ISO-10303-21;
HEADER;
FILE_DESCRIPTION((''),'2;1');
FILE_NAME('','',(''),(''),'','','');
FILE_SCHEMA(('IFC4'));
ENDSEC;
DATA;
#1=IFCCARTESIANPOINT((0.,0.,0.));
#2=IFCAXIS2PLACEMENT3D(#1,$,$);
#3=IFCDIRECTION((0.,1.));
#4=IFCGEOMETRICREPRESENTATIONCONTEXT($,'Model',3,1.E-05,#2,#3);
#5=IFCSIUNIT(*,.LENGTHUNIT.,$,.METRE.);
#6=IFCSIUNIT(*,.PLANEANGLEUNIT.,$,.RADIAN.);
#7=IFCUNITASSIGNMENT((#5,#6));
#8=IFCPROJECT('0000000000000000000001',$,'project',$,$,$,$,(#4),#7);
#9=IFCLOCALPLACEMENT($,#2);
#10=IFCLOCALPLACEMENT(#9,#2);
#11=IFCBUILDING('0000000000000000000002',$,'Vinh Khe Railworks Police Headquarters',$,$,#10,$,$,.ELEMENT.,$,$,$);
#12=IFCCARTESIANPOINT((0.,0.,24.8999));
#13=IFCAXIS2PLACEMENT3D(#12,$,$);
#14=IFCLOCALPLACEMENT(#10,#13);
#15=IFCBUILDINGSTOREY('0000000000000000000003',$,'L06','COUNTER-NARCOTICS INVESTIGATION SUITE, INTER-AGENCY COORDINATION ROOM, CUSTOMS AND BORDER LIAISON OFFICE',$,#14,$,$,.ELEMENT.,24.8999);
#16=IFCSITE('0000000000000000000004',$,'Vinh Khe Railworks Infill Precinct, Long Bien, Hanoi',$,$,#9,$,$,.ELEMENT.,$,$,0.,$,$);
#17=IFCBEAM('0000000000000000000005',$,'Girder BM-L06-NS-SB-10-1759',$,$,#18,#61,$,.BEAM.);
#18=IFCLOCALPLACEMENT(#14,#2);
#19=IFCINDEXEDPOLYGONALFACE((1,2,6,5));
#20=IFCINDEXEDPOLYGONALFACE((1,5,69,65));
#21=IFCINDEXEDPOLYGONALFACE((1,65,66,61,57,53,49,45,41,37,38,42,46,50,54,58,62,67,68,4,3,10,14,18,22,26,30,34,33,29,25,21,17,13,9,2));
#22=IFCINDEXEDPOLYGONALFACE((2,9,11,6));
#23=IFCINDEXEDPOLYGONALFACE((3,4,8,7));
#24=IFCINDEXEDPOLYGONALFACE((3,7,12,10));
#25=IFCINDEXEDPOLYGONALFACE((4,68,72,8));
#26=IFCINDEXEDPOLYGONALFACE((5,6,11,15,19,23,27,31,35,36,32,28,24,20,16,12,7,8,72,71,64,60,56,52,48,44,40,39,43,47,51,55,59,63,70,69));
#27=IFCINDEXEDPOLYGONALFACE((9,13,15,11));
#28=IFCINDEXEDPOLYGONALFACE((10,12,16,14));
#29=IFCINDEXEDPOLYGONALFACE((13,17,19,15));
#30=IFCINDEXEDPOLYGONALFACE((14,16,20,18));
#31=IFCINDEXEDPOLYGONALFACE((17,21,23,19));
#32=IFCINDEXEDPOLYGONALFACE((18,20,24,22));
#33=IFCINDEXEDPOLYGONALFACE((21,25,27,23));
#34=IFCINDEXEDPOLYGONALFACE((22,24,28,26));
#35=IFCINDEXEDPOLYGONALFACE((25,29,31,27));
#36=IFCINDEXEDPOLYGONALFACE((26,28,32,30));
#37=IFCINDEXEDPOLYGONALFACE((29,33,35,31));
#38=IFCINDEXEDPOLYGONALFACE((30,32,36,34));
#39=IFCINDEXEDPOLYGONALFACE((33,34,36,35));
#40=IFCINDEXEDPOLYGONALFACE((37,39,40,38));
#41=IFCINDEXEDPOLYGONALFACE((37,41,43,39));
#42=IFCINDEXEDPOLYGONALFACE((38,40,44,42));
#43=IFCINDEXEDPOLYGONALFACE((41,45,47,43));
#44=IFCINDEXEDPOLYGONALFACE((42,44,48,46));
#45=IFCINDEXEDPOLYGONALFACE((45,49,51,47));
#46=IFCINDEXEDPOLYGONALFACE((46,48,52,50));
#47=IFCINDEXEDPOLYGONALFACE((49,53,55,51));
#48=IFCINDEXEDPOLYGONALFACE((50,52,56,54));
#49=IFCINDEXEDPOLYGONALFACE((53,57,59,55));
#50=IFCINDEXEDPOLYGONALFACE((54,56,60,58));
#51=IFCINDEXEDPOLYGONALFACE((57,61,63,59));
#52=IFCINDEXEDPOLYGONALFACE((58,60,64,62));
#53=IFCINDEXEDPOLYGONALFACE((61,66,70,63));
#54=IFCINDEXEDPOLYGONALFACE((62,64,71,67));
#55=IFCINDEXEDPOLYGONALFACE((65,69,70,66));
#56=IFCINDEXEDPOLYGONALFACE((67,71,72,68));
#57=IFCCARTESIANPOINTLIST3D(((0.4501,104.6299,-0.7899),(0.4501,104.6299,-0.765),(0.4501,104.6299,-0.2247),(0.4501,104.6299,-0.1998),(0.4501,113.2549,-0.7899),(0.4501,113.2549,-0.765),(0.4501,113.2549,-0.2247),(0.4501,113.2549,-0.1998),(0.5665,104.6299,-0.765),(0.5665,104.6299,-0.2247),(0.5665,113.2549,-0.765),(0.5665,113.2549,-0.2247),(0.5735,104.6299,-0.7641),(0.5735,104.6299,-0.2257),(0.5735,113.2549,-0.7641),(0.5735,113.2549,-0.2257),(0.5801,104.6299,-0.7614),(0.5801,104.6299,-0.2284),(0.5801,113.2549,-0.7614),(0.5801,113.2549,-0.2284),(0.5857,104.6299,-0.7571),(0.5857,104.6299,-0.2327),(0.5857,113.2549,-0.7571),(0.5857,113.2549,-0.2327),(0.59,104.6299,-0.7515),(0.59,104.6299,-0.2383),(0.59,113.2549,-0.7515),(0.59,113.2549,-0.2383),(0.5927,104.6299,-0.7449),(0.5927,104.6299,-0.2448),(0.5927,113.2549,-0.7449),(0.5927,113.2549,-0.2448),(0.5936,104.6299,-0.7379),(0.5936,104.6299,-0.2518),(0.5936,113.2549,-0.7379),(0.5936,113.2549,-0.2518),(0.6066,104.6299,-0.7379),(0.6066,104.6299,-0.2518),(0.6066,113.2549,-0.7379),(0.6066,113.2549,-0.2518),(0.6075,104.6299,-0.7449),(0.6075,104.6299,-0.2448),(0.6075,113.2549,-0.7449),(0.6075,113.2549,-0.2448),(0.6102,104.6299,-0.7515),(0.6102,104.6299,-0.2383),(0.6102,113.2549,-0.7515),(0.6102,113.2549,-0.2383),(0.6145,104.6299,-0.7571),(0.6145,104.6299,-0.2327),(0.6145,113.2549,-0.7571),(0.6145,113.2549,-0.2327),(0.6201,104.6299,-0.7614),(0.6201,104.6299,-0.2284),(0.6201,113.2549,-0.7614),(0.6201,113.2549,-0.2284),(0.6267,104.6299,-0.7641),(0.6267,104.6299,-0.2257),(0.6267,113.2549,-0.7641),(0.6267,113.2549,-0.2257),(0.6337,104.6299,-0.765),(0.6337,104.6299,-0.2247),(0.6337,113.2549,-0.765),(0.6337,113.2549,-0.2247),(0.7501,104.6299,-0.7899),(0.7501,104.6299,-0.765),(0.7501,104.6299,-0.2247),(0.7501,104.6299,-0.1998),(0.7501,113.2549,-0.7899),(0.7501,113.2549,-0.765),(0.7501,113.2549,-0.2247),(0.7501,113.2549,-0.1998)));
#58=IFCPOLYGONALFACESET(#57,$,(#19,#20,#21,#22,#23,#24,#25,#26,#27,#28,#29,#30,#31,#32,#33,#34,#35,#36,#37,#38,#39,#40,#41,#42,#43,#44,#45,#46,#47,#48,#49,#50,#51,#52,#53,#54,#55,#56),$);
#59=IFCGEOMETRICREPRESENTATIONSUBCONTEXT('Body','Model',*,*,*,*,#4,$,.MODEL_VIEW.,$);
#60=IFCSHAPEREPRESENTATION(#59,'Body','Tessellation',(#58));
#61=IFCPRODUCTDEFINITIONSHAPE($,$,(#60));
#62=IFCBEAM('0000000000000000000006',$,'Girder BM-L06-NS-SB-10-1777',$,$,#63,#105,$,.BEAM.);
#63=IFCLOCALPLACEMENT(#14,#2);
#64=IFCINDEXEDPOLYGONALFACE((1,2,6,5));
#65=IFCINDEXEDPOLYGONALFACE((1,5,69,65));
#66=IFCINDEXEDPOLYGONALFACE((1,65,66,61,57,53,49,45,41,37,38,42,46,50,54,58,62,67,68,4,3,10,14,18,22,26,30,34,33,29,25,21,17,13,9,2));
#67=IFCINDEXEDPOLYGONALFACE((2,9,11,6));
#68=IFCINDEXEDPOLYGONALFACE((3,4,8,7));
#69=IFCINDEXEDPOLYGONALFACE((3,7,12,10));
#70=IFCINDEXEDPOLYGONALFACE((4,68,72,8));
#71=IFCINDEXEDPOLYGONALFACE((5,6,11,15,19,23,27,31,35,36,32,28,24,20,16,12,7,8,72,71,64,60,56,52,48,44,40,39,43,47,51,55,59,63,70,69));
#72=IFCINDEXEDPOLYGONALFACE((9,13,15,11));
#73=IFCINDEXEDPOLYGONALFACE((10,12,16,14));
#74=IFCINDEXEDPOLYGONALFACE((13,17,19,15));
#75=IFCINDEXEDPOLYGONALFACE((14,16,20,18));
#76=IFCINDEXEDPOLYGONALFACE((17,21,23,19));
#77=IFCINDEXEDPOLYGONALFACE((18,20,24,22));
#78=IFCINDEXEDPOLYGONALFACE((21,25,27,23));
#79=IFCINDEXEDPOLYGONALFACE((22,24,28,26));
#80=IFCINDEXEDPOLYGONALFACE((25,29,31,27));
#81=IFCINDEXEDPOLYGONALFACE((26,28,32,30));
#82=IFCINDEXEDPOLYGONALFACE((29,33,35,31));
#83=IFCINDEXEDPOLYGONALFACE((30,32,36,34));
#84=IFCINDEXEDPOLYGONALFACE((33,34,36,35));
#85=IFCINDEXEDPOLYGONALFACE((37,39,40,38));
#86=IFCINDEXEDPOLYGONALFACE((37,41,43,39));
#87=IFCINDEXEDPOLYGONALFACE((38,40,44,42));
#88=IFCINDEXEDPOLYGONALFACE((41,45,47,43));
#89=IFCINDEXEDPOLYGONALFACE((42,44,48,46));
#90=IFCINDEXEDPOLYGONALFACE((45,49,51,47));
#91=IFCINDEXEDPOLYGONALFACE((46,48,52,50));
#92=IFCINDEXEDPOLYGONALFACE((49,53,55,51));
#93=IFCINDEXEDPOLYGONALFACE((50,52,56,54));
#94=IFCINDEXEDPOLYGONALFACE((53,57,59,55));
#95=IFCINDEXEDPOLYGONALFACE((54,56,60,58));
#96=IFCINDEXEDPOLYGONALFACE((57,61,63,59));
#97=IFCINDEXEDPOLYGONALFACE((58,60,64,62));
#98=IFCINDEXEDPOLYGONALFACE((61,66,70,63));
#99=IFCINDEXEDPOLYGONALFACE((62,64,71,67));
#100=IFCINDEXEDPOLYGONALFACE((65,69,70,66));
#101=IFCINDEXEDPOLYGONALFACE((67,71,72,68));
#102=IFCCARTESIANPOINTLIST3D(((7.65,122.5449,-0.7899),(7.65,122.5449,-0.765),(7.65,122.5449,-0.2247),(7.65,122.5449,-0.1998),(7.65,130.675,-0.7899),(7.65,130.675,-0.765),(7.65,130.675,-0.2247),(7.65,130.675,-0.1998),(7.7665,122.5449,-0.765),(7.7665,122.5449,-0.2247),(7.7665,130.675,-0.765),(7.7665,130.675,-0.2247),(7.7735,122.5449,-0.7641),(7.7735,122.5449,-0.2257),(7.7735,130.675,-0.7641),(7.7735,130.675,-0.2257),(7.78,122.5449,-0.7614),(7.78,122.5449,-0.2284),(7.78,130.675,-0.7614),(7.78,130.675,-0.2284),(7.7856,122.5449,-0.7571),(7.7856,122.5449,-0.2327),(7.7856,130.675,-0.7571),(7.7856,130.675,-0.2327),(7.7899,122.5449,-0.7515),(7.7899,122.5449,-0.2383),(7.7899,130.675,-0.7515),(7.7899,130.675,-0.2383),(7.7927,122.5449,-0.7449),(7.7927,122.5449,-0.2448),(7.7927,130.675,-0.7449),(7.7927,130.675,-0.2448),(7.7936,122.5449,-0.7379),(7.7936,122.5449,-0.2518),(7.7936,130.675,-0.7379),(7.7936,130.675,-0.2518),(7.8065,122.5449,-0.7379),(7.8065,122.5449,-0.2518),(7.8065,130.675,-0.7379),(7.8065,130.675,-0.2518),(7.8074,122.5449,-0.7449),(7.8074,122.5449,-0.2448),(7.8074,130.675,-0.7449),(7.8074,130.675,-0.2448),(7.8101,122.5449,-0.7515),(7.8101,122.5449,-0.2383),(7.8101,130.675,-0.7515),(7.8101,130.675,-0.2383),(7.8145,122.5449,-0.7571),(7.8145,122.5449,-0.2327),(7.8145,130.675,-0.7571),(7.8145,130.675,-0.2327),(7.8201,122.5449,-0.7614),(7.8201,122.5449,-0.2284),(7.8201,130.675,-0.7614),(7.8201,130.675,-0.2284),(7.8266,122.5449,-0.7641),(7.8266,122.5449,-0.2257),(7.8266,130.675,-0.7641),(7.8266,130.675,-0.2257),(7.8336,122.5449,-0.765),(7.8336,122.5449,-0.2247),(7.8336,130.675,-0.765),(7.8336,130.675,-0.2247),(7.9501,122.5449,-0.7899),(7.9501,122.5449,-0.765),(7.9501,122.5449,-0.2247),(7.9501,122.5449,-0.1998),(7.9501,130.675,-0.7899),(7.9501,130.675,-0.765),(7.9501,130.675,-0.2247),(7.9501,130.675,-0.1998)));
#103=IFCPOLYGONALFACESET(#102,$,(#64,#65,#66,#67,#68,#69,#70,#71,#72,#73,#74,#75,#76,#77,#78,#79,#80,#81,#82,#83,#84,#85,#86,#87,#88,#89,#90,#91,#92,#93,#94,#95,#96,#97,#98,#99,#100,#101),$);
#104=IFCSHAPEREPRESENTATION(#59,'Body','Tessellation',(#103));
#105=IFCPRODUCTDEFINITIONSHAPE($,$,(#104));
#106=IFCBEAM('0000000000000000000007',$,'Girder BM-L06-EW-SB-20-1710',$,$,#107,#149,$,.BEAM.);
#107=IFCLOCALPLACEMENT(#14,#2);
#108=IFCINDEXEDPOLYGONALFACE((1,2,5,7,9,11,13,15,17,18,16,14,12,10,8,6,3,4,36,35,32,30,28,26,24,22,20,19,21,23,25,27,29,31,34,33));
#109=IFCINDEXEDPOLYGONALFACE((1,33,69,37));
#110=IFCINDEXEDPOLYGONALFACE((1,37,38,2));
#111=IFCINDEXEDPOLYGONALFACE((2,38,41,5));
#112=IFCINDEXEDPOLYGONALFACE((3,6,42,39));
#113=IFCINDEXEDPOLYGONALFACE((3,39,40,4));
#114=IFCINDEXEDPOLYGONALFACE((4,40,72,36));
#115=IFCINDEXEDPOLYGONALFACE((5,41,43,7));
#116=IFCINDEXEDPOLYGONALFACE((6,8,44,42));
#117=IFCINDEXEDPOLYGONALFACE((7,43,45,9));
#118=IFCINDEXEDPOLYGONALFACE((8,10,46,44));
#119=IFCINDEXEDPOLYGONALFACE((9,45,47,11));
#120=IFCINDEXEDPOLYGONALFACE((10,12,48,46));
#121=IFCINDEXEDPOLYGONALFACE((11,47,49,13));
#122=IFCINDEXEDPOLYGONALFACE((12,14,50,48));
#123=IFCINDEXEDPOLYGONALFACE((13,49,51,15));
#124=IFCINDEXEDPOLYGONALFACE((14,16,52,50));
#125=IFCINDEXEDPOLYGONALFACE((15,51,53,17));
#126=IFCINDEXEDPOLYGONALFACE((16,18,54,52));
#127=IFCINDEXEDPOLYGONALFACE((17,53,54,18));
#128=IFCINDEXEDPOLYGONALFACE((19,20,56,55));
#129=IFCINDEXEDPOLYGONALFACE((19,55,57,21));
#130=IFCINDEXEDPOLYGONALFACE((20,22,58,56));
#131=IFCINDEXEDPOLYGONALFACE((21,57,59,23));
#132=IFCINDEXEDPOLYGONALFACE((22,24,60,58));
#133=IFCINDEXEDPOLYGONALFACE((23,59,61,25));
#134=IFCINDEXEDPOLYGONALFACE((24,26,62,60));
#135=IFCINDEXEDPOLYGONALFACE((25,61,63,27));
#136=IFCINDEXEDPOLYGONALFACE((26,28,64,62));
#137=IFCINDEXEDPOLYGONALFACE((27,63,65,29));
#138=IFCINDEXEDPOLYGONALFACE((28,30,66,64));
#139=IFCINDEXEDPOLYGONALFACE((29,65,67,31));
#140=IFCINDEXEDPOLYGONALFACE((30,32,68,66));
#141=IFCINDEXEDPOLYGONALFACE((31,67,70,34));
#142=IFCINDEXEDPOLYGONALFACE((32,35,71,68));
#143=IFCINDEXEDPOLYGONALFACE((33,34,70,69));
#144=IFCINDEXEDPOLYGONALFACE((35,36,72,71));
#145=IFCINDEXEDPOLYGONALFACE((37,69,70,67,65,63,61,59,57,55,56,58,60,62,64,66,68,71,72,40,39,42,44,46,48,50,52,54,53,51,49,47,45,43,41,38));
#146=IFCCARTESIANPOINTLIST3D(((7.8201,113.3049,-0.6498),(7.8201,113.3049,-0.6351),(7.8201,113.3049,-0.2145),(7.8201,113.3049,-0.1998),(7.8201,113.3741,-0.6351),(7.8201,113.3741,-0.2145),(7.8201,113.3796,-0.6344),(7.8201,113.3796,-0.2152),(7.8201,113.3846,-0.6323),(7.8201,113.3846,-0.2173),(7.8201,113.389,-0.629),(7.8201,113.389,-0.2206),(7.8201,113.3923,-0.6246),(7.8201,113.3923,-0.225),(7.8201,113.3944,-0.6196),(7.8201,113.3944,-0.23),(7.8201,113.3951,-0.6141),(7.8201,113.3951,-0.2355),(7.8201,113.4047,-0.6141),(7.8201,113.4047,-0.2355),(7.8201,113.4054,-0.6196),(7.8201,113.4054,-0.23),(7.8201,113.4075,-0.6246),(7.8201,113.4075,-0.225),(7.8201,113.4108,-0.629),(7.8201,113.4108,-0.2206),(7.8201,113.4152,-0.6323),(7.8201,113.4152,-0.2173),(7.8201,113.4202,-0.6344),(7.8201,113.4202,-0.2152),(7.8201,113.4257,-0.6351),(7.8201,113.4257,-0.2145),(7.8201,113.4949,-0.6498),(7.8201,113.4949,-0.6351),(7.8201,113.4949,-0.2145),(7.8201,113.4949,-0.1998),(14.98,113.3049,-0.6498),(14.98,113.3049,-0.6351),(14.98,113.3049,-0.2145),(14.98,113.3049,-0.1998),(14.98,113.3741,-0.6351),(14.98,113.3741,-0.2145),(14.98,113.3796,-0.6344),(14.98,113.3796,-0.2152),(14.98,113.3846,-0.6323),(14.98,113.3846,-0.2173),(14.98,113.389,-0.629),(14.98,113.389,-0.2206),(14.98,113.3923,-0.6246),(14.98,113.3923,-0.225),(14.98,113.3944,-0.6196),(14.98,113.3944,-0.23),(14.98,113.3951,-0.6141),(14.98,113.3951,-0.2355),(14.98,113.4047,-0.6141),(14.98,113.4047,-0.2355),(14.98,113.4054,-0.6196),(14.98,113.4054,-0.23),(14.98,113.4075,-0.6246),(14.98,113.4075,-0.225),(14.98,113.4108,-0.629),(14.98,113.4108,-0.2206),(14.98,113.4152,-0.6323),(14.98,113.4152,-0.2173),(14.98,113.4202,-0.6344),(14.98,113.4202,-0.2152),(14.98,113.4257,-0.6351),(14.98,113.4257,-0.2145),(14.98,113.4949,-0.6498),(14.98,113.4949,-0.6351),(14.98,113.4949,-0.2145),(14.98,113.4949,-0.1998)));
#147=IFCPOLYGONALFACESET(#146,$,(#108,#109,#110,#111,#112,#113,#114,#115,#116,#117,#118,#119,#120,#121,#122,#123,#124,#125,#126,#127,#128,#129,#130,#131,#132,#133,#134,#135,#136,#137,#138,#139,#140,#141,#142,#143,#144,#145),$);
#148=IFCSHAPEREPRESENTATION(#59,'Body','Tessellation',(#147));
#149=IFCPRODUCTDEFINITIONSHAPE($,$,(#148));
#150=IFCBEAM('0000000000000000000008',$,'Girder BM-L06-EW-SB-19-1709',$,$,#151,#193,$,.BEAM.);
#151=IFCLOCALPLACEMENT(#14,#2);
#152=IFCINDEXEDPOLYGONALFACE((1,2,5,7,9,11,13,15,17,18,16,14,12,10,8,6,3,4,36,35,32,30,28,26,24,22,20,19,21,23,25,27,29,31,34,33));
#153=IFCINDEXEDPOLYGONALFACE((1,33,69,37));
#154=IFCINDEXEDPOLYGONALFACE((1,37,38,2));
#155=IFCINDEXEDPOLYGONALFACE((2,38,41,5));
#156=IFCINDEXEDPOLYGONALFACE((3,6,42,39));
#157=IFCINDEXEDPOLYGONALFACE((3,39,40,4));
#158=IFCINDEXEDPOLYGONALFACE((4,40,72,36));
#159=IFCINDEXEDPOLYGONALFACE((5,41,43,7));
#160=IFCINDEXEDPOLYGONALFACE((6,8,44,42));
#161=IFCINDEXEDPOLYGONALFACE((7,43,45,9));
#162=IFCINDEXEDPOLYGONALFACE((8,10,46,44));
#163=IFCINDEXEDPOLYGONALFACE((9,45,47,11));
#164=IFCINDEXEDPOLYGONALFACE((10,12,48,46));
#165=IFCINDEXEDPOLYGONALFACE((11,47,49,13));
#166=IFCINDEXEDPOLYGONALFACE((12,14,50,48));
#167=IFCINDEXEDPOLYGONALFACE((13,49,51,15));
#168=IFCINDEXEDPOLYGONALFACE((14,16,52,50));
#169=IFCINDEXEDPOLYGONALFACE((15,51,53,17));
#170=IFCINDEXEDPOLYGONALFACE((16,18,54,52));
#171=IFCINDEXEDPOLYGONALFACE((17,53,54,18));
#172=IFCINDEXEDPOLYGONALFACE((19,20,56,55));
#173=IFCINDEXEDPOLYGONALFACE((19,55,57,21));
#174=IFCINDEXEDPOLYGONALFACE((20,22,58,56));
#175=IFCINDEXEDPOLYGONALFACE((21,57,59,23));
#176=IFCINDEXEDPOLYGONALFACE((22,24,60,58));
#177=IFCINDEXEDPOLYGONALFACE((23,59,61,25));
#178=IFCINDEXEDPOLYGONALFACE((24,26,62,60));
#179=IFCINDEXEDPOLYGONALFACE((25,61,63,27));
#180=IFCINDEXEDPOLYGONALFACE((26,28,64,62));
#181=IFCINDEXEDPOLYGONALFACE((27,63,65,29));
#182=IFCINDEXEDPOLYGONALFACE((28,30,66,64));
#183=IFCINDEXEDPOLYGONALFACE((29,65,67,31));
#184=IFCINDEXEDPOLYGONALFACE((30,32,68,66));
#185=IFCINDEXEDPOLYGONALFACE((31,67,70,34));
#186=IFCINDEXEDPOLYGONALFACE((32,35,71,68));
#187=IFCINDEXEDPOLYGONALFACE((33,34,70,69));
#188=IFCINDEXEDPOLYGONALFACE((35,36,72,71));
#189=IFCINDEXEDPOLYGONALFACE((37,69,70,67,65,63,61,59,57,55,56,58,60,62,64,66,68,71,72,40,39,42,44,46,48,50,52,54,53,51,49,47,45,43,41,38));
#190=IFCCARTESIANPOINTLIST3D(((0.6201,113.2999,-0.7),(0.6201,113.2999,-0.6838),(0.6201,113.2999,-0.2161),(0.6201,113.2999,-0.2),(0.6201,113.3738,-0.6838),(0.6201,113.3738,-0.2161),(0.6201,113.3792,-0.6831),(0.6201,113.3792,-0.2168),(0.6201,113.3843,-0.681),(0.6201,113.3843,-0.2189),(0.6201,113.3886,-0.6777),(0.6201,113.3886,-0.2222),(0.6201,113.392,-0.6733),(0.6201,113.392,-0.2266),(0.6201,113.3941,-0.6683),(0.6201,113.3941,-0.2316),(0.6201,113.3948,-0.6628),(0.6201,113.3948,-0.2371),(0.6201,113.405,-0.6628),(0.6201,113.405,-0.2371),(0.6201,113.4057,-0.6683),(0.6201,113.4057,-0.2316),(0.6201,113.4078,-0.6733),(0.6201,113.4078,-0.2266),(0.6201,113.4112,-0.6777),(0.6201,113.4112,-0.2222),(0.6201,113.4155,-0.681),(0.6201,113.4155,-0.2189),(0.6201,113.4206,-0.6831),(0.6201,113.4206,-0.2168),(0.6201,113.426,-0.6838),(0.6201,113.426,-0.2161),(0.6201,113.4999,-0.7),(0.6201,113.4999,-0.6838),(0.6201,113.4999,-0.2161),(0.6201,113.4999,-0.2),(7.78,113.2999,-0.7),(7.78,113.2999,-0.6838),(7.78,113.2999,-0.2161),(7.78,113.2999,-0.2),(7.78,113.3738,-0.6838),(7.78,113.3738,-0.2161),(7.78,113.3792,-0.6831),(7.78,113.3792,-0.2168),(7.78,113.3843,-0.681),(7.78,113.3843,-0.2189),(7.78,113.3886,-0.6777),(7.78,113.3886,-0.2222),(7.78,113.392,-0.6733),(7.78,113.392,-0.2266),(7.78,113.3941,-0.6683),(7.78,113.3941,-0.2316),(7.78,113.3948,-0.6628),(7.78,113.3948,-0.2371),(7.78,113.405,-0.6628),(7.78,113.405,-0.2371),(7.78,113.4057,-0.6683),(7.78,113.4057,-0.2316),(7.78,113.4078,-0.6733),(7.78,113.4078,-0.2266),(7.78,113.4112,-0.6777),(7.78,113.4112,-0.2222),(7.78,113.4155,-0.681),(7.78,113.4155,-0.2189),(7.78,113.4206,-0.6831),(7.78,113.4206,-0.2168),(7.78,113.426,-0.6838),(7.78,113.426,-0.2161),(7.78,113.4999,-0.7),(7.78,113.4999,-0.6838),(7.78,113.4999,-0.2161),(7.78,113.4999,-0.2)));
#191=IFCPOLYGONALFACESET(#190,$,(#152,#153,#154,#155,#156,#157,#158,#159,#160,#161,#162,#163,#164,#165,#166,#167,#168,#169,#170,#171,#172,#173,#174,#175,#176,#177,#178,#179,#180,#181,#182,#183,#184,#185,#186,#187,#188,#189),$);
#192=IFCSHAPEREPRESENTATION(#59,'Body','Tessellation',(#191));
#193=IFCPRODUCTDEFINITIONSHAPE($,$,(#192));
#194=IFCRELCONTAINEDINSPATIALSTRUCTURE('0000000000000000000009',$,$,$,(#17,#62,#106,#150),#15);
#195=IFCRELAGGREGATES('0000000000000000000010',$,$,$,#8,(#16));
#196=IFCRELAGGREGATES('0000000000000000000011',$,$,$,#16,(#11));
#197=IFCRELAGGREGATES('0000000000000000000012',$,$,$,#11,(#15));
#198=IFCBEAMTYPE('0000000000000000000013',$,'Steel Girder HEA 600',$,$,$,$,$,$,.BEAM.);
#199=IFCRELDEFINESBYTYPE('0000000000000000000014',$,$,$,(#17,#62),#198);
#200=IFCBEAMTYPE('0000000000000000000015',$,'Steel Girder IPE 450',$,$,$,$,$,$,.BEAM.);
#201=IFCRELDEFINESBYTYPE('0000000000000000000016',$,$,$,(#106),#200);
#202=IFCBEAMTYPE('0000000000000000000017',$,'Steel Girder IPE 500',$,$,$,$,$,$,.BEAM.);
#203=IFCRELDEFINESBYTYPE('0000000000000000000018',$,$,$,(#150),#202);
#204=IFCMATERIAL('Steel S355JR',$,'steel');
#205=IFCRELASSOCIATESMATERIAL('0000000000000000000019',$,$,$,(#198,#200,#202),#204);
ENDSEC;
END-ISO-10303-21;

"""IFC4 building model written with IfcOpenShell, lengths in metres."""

from ifc_helpers import new_model, si_unit, direction, frame, origin, origin_2d, place, context, subcontext, project, spatial, i_section, extrude, material, material_profile, profile_set, type_object, element, save


model = new_model("IFC4")

# Units and contexts
model_context = context("Model", 3, precision=1e-05, world=origin(), true_north=direction((0.0, 1.0)))
body_context = subcontext(model_context, "Body", "Model", "MODEL_VIEW")
ifc_project = project(units=[si_unit("LENGTHUNIT", "METRE"), si_unit("PLANEANGLEUNIT", "RADIAN")], contexts=[model_context])

# Site, building, storey
site_placement = place(None, origin())
site = spatial("IfcSite", under=ifc_project, at=site_placement, Name="Vinh Khe Railworks Infill Precinct, Long Bien, Hanoi", CompositionType="ELEMENT", RefElevation=0.0)
building_placement = place(site_placement, origin())
building = spatial("IfcBuilding", under=site, at=building_placement, Name="Vinh Khe Railworks Police Headquarters", CompositionType="ELEMENT")
storey_placement = place(building_placement, frame((0.0, 0.0, 24.8999)))
storey = spatial("IfcBuildingStorey", under=building, at=storey_placement, Name="L06", Description="COUNTER-NARCOTICS INVESTIGATION SUITE, INTER-AGENCY COORDINATION ROOM, CUSTOMS AND BORDER LIAISON OFFICE", CompositionType="ELEMENT", Elevation=24.8999)

# Shared definitions
ifc_material_1 = material(Name="Steel S355JR", Category="steel")

# Beams
ifc_material_profile_1 = material_profile(ifc_material_1, i_section(OverallWidth=0.3, OverallDepth=0.5901, WebThickness=0.0129, FlangeThickness=0.0249, FilletRadius=0.0271, at=origin_2d()), Name="HEA 600")
ifc_profile_set_1 = profile_set([ifc_material_profile_1], Name="Steel S355JR")
beam_type_1 = type_object("IfcBeamType", Name="Steel Girder HEA 600", PredefinedType="BEAM", material=ifc_profile_set_1)
beam_1_placement = place(storey_placement, frame((0.6001, 104.6299, -0.4949), z_axis=(0.0, 1.0, 0.0), x_axis=(-1.0, 0.0, 0.0)))
element("IfcBeam", 1, at=beam_1_placement, inside=storey, type_object=beam_type_1, Name="Girder BM-L06-NS-SB-10-1759", PredefinedType="BEAM", context=body_context, shape_type="SweptSolid", body=[
    extrude(i_section(OverallWidth=0.3, OverallDepth=0.5901, WebThickness=0.0129, FlangeThickness=0.0249, FilletRadius=0.0271, at=origin_2d()), origin(), (0.0, 0.0, 1.0), 8.625),
])
beam_2_placement = place(storey_placement, frame((7.8, 122.5449, -0.4949), z_axis=(0.0, 1.0, 0.0), x_axis=(-1.0, 0.0, 0.0)))
element("IfcBeam", 2, at=beam_2_placement, inside=storey, type_object=beam_type_1, Name="Girder BM-L06-NS-SB-10-1777", PredefinedType="BEAM", context=body_context, shape_type="SweptSolid", body=[
    extrude(i_section(OverallWidth=0.3, OverallDepth=0.5901, WebThickness=0.0129, FlangeThickness=0.0249, FilletRadius=0.0271, at=origin_2d()), origin(), (0.0, 0.0, 1.0), 8.1301),
])
ifc_material_profile_2 = material_profile(ifc_material_1, i_section(OverallWidth=0.1899, OverallDepth=0.45, WebThickness=0.0095, FlangeThickness=0.0146, FilletRadius=0.021, at=origin_2d()), Name="IPE 450")
ifc_profile_set_2 = profile_set([ifc_material_profile_2], Name="Steel S355JR")
beam_type_2 = type_object("IfcBeamType", Name="Steel Girder IPE 450", PredefinedType="BEAM", material=ifc_profile_set_2)
beam_3_placement = place(storey_placement, frame((7.8201, 113.3999, -0.4248), z_axis=(1.0, 0.0, 0.0), x_axis=(0.0, 1.0, 0.0)))
element("IfcBeam", 3, at=beam_3_placement, inside=storey, type_object=beam_type_2, Name="Girder BM-L06-EW-SB-20-1710", PredefinedType="BEAM", context=body_context, shape_type="SweptSolid", body=[
    extrude(i_section(OverallWidth=0.1899, OverallDepth=0.45, WebThickness=0.0095, FlangeThickness=0.0146, FilletRadius=0.021, at=origin_2d()), origin(), (0.0, 0.0, 1.0), 7.1599),
])
ifc_material_profile_3 = material_profile(ifc_material_1, i_section(OverallWidth=0.2, OverallDepth=0.5, WebThickness=0.0103, FlangeThickness=0.0161, FilletRadius=0.021, at=origin_2d()), Name="IPE 500")
ifc_profile_set_3 = profile_set([ifc_material_profile_3], Name="Steel S355JR")
beam_type_3 = type_object("IfcBeamType", Name="Steel Girder IPE 500", PredefinedType="BEAM", material=ifc_profile_set_3)
beam_4_placement = place(storey_placement, frame((0.6201, 113.3999, -0.45), z_axis=(1.0, 0.0, 0.0), x_axis=(0.0, 1.0, 0.0)))
element("IfcBeam", 4, at=beam_4_placement, inside=storey, type_object=beam_type_3, Name="Girder BM-L06-EW-SB-19-1709", PredefinedType="BEAM", context=body_context, shape_type="SweptSolid", body=[
    extrude(i_section(OverallWidth=0.2, OverallDepth=0.5, WebThickness=0.0103, FlangeThickness=0.0161, FilletRadius=0.021, at=origin_2d()), origin(), (0.0, 0.0, 1.0), 7.1599),
])

save(model, "model.ifc")
